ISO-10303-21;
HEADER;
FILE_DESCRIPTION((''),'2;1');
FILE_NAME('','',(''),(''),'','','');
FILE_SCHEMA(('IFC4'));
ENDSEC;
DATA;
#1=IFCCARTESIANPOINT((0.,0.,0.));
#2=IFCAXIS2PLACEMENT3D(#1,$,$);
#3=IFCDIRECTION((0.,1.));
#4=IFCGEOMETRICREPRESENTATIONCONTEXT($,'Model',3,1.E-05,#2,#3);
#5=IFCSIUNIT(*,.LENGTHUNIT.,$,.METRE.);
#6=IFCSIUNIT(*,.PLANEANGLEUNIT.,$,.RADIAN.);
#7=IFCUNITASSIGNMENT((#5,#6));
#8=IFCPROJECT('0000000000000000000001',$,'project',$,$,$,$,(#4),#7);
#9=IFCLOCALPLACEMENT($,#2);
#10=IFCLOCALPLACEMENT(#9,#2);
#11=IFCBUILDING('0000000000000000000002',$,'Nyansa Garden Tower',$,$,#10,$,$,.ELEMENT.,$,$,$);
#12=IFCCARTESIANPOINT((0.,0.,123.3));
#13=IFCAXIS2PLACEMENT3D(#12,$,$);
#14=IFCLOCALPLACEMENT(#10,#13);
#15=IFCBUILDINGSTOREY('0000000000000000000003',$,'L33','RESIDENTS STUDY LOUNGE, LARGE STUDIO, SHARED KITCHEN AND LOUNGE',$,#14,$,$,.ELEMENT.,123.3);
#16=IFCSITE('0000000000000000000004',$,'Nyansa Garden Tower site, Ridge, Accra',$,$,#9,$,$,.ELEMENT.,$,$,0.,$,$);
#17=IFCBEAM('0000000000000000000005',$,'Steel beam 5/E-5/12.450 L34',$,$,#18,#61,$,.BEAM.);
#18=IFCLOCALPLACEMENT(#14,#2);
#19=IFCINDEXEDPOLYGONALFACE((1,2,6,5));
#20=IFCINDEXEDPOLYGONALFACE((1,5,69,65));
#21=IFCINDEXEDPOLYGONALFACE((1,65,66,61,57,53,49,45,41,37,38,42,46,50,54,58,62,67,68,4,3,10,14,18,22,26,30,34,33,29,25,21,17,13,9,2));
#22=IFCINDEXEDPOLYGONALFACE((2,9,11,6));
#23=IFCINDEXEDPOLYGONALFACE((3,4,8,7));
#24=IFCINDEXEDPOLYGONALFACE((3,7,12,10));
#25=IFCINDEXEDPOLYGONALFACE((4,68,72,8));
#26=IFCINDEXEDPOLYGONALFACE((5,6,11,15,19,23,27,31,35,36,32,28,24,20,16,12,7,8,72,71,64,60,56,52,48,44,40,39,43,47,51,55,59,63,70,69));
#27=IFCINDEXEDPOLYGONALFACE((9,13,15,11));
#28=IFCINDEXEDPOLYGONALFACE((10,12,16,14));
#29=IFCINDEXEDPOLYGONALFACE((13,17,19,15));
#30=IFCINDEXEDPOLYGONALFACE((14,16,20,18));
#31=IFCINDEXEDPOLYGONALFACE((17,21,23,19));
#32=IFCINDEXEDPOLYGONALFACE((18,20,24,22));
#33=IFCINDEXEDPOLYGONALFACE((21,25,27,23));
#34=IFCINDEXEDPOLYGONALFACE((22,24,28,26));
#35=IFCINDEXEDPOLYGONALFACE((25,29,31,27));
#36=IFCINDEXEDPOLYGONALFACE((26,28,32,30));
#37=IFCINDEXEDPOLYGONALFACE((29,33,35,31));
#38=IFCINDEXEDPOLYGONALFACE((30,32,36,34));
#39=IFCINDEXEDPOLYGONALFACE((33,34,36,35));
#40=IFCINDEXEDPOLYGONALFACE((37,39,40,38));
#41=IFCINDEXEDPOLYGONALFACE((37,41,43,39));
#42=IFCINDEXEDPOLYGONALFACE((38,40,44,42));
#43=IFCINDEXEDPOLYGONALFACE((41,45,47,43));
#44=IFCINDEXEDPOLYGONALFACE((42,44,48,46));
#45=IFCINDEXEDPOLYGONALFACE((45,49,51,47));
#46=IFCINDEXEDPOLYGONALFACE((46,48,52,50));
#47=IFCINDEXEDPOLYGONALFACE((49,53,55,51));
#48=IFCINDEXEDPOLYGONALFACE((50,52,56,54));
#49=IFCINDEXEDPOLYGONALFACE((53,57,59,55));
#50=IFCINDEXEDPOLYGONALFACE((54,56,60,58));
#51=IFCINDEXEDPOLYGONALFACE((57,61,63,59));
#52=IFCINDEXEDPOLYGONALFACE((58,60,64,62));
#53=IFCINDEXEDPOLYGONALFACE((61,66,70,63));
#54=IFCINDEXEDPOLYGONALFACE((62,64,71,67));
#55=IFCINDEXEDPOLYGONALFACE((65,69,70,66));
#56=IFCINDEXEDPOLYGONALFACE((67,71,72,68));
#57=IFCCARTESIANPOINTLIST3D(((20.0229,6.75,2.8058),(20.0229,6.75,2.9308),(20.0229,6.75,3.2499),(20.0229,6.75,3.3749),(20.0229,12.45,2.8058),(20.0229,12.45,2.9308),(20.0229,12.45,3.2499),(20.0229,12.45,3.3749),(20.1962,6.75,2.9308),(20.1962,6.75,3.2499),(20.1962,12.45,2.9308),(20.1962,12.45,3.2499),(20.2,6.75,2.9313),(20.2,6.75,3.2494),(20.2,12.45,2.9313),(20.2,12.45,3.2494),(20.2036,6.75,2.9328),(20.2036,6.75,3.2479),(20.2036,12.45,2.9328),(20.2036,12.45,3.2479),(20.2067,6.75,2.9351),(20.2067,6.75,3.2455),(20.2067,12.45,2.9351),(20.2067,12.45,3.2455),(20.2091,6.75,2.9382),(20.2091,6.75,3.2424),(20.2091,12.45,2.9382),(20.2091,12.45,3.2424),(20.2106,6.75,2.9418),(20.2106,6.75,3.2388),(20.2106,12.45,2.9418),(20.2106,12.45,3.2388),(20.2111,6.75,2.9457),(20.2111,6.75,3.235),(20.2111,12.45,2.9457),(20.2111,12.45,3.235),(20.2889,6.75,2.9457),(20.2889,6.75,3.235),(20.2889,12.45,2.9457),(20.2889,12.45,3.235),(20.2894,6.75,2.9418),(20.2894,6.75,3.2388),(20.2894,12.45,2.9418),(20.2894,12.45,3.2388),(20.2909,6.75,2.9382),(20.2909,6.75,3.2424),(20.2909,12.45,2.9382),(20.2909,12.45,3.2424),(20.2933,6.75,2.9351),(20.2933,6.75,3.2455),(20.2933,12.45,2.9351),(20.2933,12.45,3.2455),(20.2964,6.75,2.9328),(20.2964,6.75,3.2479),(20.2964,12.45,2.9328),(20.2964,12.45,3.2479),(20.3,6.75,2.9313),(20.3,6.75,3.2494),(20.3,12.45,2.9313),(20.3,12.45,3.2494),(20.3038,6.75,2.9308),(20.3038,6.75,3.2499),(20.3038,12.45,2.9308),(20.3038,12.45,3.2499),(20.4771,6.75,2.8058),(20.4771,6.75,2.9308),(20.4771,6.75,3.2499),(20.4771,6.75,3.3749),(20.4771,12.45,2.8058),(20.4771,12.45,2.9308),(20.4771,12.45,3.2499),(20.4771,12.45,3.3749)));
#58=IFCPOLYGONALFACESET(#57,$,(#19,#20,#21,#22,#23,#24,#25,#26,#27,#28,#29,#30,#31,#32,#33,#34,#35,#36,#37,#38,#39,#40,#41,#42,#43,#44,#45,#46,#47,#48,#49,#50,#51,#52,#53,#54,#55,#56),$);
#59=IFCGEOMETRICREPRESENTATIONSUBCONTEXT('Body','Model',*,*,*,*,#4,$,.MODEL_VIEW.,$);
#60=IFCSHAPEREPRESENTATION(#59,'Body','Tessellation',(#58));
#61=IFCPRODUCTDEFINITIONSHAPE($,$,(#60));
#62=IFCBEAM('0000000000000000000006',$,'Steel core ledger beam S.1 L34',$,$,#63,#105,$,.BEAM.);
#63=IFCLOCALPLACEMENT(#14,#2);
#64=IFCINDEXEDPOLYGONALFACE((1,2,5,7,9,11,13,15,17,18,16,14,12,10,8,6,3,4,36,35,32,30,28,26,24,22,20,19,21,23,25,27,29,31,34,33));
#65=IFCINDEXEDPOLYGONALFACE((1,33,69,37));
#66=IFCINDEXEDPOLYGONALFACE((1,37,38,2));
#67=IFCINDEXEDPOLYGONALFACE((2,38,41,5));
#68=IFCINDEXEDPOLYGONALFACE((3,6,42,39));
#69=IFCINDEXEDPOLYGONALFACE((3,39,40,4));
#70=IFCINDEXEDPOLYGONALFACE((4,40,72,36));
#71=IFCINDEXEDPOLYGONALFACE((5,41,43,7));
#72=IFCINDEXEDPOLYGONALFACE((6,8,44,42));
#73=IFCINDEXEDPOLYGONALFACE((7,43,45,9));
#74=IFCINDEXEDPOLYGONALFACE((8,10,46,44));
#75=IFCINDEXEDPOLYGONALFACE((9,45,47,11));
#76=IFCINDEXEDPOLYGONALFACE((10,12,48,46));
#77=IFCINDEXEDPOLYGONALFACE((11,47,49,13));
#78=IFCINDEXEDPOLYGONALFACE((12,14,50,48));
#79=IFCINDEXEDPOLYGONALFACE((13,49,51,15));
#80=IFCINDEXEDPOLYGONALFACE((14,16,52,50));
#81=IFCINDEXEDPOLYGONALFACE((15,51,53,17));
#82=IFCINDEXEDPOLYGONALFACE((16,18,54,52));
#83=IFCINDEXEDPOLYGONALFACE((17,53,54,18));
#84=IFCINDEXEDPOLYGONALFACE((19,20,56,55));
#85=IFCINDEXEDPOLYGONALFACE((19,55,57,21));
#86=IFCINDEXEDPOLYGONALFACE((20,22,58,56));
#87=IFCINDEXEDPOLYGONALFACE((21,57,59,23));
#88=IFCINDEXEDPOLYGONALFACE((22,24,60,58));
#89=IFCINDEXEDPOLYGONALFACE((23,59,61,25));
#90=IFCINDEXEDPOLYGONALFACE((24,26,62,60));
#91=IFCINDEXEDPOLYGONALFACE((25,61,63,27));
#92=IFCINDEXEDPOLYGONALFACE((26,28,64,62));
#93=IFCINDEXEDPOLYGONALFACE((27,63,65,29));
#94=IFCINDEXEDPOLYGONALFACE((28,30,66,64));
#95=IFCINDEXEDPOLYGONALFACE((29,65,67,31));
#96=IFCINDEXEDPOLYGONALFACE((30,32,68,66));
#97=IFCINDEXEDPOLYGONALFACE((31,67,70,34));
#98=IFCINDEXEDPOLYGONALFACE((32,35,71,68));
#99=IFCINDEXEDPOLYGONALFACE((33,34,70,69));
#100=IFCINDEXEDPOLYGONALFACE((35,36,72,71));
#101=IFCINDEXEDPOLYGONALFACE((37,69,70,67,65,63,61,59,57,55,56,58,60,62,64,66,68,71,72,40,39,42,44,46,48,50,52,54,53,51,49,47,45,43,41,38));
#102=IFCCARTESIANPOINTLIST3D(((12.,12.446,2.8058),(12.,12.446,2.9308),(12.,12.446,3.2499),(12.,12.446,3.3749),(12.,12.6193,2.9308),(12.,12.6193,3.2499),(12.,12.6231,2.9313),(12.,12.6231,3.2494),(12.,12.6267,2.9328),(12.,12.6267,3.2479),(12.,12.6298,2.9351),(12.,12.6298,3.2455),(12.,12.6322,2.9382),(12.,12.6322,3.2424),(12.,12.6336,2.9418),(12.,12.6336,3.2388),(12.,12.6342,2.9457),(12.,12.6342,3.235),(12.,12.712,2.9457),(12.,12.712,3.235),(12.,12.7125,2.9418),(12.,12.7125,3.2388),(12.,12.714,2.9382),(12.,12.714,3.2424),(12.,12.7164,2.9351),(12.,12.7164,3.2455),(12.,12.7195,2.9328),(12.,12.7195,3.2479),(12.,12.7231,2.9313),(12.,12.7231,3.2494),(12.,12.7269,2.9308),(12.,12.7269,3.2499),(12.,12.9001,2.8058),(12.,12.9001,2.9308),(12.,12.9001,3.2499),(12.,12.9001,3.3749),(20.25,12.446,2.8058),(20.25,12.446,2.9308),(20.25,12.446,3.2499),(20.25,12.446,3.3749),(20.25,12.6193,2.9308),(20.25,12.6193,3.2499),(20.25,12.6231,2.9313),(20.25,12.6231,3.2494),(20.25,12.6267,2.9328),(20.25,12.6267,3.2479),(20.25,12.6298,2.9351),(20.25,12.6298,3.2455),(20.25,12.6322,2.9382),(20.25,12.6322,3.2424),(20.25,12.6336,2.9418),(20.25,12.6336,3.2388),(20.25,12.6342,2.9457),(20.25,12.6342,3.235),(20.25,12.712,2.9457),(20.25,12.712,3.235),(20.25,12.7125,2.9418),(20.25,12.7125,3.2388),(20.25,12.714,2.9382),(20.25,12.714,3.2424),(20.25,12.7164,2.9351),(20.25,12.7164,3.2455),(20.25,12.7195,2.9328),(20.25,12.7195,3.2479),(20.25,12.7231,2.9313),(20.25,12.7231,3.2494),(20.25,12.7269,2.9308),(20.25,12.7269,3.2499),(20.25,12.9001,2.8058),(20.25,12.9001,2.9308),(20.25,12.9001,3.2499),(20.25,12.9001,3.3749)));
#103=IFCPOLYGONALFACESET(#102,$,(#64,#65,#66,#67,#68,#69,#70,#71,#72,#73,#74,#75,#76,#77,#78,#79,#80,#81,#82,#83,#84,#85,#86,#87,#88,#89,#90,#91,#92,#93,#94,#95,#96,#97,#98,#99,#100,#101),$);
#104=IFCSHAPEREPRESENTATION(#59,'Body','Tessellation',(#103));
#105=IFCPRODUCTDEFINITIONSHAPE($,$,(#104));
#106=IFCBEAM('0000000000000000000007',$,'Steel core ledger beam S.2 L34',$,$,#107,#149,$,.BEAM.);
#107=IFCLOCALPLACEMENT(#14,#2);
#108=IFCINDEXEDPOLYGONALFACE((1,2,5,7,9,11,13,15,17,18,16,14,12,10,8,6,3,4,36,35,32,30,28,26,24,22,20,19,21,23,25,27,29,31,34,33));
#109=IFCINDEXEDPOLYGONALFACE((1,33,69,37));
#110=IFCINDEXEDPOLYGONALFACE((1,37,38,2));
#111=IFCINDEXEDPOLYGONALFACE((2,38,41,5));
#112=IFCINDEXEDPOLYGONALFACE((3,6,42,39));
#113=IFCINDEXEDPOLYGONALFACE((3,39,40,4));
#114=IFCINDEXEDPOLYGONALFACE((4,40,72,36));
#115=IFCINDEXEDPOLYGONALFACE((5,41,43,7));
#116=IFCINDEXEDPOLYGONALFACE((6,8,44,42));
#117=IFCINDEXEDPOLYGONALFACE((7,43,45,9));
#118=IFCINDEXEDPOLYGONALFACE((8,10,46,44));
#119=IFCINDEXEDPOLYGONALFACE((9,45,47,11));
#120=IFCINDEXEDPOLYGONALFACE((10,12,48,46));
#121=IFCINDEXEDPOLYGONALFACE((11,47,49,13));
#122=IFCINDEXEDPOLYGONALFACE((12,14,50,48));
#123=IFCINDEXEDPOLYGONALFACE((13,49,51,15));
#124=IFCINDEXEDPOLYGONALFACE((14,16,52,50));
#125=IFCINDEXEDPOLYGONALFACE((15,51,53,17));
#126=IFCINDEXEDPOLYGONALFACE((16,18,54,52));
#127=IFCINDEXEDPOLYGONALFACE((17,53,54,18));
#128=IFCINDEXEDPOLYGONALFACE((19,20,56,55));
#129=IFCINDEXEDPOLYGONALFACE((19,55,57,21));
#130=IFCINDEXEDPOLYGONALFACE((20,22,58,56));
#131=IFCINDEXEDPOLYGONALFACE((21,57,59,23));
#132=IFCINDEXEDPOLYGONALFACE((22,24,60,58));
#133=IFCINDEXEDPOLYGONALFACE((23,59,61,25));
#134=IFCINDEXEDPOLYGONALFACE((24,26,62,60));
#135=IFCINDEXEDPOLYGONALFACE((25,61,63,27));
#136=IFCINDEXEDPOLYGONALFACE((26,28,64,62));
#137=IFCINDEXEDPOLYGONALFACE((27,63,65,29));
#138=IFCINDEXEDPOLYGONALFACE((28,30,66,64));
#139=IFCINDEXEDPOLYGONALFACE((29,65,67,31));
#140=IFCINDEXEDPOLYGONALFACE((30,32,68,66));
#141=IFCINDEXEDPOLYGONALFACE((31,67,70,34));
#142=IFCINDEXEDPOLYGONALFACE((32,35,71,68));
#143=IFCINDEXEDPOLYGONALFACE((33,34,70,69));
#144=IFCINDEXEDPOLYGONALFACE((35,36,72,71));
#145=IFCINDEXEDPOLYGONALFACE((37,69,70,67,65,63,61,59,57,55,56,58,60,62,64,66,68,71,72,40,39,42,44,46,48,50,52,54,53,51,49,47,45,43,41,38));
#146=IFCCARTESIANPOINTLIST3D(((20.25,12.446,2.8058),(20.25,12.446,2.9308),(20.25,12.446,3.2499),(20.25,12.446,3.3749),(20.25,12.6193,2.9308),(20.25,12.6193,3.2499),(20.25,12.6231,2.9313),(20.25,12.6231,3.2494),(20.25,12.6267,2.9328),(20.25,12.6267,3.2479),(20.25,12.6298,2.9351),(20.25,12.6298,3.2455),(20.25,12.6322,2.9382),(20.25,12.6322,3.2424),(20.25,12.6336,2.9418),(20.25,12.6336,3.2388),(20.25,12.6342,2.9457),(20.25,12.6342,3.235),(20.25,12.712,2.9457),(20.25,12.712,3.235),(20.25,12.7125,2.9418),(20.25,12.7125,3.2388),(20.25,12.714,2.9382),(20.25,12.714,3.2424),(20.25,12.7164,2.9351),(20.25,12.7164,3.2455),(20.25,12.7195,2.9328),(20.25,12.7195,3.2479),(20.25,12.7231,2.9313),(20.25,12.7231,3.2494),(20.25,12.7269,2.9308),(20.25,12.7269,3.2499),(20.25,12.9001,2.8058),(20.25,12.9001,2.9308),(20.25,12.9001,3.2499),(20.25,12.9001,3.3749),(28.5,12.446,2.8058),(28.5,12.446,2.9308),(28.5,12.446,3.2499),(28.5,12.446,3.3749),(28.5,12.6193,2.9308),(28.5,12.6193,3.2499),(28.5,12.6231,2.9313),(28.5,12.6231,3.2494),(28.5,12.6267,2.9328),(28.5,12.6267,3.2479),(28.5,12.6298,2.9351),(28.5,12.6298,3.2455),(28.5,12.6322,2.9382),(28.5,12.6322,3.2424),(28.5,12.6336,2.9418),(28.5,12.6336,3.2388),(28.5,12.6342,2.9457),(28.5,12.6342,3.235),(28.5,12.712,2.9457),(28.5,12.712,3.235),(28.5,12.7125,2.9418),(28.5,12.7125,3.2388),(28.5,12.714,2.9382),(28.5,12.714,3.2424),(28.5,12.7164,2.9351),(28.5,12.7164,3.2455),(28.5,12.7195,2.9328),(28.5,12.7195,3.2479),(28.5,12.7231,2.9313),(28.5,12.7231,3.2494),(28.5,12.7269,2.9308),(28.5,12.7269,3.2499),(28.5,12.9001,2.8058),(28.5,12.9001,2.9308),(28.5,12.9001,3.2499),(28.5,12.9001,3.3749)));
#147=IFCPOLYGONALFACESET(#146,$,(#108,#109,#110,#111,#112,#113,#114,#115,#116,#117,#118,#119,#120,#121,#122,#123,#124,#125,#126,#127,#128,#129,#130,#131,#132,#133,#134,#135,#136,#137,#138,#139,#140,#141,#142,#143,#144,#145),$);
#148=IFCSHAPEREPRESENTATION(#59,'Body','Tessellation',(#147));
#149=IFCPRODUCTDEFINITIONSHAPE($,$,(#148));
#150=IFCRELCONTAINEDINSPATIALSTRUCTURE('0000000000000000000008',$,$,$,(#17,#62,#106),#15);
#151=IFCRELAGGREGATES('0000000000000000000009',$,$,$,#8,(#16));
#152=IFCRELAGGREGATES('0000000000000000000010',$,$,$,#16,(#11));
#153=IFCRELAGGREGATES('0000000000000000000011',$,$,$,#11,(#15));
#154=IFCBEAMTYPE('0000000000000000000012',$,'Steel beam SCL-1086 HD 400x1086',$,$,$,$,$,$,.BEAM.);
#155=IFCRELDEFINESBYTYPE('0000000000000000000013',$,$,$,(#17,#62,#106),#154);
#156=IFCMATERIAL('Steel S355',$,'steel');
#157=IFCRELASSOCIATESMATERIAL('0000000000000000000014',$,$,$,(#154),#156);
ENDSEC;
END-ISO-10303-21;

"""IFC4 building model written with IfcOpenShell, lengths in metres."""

from ifc_helpers import new_model, si_unit, direction, frame, origin, origin_2d, place, context, subcontext, project, spatial, i_section, extrude, material, material_profile, profile_set, type_object, element, save


model = new_model("IFC4")

# Units and contexts
model_context = context("Model", 3, precision=1e-05, world=origin(), true_north=direction((0.0, 1.0)))
body_context = subcontext(model_context, "Body", "Model", "MODEL_VIEW")
ifc_project = project(units=[si_unit("LENGTHUNIT", "METRE"), si_unit("PLANEANGLEUNIT", "RADIAN")], contexts=[model_context])

# Site, building, storey
site_placement = place(None, origin())
site = spatial("IfcSite", under=ifc_project, at=site_placement, Name="Nyansa Garden Tower site, Ridge, Accra", CompositionType="ELEMENT", RefElevation=0.0)
building_placement = place(site_placement, origin())
building = spatial("IfcBuilding", under=site, at=building_placement, Name="Nyansa Garden Tower", CompositionType="ELEMENT")
storey_placement = place(building_placement, frame((0.0, 0.0, 123.3)))
storey = spatial("IfcBuildingStorey", under=building, at=storey_placement, Name="L33", Description="RESIDENTS STUDY LOUNGE, LARGE STUDIO, SHARED KITCHEN AND LOUNGE", CompositionType="ELEMENT", Elevation=123.3)

# Beams
ifc_material_1 = material(Name="Steel S355", Category="steel")
ifc_material_profile_1 = material_profile(ifc_material_1, i_section(OverallWidth=0.4541, OverallDepth=0.5691, WebThickness=0.0779, FlangeThickness=0.125, FilletRadius=0.0149, at=origin_2d()), Name="HD 400x1086")
ifc_profile_set_1 = profile_set([ifc_material_profile_1], Name="Steel S355")
beam_type_1 = type_object("IfcBeamType", Name="Steel beam SCL-1086 HD 400x1086", PredefinedType="BEAM", material=ifc_profile_set_1)
for number, where, z_axis, x_axis, name in (
    (1, (20.25, 6.75, 3.0903), (0.0, 1.0, 0.0), (-1.0, 0.0, 0.0), "Steel beam 5/E-5/12.450 L34"),
):
    element("IfcBeam", number, at=place(storey_placement, frame(where, z_axis=z_axis, x_axis=x_axis)), inside=storey, type_object=beam_type_1, Name=name, PredefinedType="BEAM", context=body_context, shape_type="SweptSolid", body=[
        extrude(i_section(OverallWidth=0.4541, OverallDepth=0.5691, WebThickness=0.0779, FlangeThickness=0.125, FilletRadius=0.0149, at=origin_2d()), origin(), (0.0, 0.0, 1.0), 5.7),
    ])
for number, where, z_axis, x_axis, name in (
    (2, (12.0, 12.6731, 3.0903), (1.0, 0.0, 0.0), (0.0, 1.0, 0.0), "Steel core ledger beam S.1 L34"),
    (3, (20.25, 12.6731, 3.0903), (1.0, 0.0, 0.0), (0.0, 1.0, 0.0), "Steel core ledger beam S.2 L34"),
):
    element("IfcBeam", number, at=place(storey_placement, frame(where, z_axis=z_axis, x_axis=x_axis)), inside=storey, type_object=beam_type_1, Name=name, PredefinedType="BEAM", context=body_context, shape_type="SweptSolid", body=[
        extrude(i_section(OverallWidth=0.4541, OverallDepth=0.5691, WebThickness=0.0779, FlangeThickness=0.125, FilletRadius=0.0149, at=origin_2d()), origin(), (0.0, 0.0, 1.0), 8.25),
    ])

save(model, "model.ifc")
